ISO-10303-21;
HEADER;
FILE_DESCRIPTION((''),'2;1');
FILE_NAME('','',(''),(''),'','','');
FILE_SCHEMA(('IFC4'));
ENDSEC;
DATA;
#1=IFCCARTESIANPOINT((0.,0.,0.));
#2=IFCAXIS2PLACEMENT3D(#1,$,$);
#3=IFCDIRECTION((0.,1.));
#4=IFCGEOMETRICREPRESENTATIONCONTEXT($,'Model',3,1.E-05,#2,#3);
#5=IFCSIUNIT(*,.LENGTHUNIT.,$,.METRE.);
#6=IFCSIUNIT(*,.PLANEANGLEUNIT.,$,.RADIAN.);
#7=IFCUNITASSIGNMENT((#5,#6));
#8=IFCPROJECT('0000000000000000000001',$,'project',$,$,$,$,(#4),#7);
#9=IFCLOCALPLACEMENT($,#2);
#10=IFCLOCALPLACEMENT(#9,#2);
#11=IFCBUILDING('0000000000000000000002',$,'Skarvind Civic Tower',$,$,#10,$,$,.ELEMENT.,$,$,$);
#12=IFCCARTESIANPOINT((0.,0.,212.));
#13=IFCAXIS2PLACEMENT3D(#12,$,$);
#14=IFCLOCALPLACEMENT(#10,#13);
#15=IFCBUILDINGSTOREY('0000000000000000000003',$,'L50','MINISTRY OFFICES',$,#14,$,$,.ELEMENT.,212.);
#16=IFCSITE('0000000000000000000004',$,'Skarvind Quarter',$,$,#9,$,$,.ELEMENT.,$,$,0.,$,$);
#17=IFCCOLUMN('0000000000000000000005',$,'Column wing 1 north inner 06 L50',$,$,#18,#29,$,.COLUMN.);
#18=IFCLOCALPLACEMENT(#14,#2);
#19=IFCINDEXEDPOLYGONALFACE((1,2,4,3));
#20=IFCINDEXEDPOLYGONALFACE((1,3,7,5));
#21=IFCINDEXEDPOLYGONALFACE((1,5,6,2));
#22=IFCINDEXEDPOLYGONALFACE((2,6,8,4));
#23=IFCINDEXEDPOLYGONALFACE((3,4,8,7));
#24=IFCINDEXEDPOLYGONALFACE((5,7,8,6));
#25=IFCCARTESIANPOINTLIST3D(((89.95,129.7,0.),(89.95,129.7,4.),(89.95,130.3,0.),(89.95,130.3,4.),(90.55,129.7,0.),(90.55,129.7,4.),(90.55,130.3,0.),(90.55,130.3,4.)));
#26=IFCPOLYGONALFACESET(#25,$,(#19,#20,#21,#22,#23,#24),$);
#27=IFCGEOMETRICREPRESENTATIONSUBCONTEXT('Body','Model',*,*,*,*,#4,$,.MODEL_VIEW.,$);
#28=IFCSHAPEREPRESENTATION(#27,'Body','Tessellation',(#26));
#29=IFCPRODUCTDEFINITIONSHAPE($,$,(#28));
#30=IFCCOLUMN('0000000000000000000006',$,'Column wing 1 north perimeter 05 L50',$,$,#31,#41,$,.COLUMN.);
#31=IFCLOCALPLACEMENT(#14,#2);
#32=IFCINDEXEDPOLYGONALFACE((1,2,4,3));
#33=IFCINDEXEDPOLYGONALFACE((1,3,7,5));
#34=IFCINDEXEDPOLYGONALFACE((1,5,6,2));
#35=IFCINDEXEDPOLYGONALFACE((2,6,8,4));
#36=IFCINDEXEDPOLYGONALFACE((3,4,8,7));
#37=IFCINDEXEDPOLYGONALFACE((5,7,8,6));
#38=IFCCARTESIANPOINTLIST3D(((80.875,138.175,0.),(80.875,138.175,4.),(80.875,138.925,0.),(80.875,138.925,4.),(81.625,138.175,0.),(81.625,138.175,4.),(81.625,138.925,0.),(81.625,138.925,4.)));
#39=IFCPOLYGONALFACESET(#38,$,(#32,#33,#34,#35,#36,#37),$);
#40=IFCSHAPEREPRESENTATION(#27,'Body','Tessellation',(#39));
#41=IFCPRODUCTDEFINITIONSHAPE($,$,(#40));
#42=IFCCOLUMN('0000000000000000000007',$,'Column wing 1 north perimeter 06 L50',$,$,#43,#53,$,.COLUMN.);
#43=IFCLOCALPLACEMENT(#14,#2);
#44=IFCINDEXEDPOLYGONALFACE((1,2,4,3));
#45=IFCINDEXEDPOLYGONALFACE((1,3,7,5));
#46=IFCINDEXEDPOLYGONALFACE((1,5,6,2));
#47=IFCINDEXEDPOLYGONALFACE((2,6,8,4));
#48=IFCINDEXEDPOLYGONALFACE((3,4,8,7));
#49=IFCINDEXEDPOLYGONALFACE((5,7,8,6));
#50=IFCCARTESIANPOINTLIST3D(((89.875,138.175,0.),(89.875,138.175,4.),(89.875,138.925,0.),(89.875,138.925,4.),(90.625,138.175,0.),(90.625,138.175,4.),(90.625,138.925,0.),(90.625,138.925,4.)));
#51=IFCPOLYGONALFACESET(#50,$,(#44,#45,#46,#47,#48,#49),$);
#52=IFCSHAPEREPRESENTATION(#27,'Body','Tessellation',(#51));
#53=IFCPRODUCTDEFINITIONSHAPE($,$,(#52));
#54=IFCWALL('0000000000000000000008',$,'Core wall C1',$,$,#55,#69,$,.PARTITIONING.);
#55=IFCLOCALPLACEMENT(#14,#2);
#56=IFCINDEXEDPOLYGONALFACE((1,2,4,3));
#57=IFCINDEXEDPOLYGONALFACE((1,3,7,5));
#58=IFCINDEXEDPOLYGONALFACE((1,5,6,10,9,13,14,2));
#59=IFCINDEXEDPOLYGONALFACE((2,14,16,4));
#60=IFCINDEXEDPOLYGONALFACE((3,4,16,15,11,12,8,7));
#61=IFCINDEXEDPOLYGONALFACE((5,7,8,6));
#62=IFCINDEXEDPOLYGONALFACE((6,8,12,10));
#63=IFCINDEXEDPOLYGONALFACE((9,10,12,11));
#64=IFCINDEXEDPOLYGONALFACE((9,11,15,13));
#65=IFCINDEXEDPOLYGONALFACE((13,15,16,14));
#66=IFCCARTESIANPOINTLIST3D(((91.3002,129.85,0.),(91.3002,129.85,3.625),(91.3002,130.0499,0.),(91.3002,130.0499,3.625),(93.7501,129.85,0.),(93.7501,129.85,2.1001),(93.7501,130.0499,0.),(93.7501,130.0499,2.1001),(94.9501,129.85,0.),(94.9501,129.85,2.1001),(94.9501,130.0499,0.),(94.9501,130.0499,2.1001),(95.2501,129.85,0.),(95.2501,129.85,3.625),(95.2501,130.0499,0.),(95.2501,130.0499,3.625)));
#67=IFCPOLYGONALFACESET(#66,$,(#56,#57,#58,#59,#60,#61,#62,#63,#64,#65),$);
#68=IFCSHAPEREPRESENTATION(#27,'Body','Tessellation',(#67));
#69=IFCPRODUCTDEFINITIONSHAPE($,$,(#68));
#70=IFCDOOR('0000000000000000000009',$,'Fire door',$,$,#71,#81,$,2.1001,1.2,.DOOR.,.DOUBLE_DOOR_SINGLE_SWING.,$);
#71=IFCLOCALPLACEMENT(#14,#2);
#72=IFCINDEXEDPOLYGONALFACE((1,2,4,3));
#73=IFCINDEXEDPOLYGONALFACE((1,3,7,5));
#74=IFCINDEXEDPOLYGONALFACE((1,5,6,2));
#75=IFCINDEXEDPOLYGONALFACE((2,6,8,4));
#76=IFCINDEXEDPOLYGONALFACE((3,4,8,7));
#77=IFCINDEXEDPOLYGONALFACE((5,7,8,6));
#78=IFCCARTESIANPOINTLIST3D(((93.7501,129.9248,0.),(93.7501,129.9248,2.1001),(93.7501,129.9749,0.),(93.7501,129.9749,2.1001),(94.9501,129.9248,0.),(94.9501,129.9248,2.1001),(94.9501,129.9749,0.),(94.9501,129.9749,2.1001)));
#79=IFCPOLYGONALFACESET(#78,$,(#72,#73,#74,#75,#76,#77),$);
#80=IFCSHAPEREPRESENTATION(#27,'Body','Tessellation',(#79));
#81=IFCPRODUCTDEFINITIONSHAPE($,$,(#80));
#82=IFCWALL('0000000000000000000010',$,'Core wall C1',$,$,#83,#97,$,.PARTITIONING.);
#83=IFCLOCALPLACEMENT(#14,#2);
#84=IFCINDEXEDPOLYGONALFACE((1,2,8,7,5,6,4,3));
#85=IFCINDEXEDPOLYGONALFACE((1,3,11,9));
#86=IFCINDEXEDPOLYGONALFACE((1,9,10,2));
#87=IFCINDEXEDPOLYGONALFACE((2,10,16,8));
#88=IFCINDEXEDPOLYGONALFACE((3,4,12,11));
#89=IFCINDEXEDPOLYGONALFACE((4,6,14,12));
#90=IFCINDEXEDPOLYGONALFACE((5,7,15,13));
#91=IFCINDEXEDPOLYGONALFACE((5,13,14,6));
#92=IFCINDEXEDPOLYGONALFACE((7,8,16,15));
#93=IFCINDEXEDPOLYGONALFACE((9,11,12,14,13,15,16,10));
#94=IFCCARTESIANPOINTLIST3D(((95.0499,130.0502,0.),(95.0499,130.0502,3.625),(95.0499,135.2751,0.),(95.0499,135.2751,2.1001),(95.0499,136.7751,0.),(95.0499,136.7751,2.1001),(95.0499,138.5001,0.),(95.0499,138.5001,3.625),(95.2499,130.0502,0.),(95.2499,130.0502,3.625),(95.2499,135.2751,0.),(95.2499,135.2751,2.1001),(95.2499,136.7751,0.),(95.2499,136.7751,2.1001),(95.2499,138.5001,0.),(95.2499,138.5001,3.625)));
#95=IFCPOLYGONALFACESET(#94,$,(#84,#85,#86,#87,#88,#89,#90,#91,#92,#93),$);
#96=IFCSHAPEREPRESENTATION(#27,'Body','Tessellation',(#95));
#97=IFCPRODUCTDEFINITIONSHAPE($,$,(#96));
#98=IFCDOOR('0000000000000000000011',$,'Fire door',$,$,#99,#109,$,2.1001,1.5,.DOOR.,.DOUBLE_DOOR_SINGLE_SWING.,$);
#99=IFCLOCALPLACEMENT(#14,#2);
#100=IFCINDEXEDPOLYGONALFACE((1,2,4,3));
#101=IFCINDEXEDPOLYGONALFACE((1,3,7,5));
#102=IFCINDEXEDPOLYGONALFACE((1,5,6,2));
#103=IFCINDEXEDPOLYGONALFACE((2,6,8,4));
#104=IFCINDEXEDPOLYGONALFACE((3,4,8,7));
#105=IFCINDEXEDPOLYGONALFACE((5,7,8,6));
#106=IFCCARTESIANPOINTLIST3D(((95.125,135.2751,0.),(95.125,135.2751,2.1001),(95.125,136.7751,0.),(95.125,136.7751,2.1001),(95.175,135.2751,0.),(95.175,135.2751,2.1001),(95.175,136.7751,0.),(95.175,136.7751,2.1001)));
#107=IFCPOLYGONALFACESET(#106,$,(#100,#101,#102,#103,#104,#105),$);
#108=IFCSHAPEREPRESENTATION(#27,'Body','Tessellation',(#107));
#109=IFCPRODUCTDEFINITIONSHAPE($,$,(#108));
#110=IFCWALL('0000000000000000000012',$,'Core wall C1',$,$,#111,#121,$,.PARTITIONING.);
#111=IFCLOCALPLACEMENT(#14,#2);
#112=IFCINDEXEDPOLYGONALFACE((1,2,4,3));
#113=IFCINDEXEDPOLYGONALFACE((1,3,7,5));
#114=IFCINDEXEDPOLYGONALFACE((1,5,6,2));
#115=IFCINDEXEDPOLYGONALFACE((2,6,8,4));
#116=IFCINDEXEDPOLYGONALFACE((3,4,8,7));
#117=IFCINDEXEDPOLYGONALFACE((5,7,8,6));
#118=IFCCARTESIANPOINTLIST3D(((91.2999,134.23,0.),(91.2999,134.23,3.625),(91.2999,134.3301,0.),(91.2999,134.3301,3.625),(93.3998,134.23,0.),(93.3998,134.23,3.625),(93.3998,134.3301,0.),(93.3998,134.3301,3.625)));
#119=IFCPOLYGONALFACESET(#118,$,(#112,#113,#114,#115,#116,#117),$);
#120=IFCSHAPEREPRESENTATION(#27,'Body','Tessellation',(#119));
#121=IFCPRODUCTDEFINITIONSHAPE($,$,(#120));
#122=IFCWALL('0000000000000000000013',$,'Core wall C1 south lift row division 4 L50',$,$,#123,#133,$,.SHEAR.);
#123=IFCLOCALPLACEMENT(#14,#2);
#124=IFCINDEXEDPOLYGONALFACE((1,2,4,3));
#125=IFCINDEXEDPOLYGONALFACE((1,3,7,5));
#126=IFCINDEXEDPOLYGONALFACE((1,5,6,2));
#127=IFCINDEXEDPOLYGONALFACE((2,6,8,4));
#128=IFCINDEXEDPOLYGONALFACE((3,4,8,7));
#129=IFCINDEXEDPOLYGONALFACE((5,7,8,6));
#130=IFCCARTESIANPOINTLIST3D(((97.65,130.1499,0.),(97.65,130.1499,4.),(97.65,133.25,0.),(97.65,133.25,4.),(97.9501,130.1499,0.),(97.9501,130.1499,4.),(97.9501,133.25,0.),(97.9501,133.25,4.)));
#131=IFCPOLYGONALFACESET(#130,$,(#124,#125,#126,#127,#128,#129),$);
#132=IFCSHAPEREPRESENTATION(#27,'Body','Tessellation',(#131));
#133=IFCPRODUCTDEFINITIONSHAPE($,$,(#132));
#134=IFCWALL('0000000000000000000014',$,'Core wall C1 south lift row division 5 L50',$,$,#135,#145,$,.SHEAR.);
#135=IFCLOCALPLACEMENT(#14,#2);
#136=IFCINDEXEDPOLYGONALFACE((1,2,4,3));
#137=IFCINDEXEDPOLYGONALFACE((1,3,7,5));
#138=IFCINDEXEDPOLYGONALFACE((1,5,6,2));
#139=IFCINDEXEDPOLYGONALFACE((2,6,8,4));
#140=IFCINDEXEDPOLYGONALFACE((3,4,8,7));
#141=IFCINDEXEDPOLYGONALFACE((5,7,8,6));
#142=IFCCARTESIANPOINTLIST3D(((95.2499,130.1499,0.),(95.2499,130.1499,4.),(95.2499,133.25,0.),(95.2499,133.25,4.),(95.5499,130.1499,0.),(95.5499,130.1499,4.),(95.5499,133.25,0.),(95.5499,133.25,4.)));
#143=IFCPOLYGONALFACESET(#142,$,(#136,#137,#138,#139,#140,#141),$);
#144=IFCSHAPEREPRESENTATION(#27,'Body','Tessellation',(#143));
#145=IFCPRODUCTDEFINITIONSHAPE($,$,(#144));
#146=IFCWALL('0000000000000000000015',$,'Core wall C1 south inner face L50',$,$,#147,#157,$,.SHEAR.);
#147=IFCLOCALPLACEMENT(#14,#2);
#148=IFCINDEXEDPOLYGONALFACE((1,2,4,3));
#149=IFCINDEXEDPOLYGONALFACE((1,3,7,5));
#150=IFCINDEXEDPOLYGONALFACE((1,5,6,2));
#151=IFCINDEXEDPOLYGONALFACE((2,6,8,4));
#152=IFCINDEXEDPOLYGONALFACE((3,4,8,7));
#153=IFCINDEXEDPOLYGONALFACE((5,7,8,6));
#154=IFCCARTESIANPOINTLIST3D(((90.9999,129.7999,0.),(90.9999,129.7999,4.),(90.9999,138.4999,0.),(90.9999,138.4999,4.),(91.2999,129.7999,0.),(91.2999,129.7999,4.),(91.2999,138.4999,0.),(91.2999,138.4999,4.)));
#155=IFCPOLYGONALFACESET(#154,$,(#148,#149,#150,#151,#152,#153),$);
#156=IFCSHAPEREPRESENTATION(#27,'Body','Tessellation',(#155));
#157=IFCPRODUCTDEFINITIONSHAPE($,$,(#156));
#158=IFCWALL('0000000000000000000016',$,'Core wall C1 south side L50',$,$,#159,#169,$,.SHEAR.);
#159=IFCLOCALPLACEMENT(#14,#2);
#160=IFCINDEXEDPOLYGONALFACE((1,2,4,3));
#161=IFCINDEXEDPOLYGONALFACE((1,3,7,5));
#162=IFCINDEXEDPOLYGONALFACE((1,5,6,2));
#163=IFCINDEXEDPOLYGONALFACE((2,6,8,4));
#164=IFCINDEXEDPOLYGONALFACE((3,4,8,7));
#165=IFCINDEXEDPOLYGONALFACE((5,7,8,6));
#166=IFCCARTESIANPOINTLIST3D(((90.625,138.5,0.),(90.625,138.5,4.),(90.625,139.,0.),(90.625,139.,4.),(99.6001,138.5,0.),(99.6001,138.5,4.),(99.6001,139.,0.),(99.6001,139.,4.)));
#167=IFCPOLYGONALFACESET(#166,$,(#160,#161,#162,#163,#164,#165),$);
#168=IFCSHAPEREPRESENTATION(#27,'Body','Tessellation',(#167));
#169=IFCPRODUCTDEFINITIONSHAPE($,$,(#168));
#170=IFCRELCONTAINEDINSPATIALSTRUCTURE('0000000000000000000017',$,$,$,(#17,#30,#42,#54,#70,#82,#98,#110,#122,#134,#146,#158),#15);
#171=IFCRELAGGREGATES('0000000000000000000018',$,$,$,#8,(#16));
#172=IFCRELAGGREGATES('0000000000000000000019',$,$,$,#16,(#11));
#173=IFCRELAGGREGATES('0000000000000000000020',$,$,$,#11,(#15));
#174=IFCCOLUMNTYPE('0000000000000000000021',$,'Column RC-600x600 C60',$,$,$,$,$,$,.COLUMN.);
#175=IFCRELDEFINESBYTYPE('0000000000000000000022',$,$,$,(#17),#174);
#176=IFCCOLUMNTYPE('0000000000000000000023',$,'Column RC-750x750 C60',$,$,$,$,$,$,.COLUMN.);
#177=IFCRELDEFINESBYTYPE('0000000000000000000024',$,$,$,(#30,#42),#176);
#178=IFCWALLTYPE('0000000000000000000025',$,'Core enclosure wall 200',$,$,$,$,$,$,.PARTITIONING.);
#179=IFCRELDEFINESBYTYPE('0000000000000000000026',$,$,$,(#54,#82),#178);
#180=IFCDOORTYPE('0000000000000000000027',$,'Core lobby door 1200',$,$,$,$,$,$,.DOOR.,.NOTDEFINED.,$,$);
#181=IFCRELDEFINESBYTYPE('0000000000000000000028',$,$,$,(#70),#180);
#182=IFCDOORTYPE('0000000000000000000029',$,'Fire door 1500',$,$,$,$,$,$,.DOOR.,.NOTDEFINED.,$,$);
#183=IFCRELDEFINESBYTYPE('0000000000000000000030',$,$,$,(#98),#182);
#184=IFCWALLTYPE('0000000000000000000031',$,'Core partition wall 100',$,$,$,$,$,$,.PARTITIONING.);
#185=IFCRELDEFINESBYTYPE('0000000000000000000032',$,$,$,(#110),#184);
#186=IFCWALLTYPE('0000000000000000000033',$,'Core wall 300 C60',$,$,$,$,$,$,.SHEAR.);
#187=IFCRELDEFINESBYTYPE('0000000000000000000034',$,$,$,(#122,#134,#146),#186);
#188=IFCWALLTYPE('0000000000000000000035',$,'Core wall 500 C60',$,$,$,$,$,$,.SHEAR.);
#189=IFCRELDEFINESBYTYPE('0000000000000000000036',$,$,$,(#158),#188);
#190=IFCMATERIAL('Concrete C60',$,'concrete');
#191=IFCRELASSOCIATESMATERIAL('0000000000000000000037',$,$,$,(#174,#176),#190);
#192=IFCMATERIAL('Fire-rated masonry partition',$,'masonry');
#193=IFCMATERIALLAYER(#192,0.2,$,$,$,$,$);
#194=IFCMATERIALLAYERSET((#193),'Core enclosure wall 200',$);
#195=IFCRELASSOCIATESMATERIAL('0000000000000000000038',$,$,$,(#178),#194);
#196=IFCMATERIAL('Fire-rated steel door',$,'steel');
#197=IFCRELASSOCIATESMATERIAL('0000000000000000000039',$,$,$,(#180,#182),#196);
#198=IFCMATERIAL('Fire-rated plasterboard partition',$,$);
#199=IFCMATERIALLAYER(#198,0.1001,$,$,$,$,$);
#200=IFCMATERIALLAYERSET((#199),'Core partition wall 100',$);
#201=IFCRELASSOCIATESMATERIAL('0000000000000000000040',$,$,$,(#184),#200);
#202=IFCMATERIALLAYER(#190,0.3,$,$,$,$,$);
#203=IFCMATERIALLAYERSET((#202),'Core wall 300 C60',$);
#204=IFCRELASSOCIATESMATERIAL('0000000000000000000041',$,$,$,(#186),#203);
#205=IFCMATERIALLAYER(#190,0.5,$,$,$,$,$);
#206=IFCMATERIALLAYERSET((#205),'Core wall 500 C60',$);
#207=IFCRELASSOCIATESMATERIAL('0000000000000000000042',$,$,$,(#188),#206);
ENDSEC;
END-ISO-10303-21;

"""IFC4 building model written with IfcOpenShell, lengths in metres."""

from ifc_helpers import new_model, si_unit, direction, frame, frame_2d, origin, origin_2d, place, context, subcontext, project, spatial, rectangle, extrude, material, layer, layer_set, material_profile, profile_set, type_object, element, fill, save


model = new_model("IFC4")

# Units and contexts
model_context = context("Model", 3, precision=1e-05, world=origin(), true_north=direction((0.0, 1.0)))
body_context = subcontext(model_context, "Body", "Model", "MODEL_VIEW")
ifc_project = project(units=[si_unit("LENGTHUNIT", "METRE"), si_unit("PLANEANGLEUNIT", "RADIAN")], contexts=[model_context])

# Site, building, storey
site_placement = place(None, origin())
site = spatial("IfcSite", under=ifc_project, at=site_placement, Name="Skarvind Quarter", CompositionType="ELEMENT", RefElevation=0.0)
building_placement = place(site_placement, origin())
building = spatial("IfcBuilding", under=site, at=building_placement, Name="Skarvind Civic Tower", CompositionType="ELEMENT")
storey_placement = place(building_placement, frame((0.0, 0.0, 212.0)))
storey = spatial("IfcBuildingStorey", under=building, at=storey_placement, Name="L50", Description="MINISTRY OFFICES", CompositionType="ELEMENT", Elevation=212.0)

# Columns
ifc_material_1 = material(Name="Concrete C60", Category="concrete")
ifc_material_profile_1 = material_profile(ifc_material_1, rectangle(XDim=0.6001, YDim=0.6001, at=origin_2d()), Name="RC-600x600")
ifc_profile_set_1 = profile_set([ifc_material_profile_1], Name="Concrete C60")
column_type_1 = type_object("IfcColumnType", Name="Column RC-600x600 C60", PredefinedType="COLUMN", material=ifc_profile_set_1)
column_placement = place(storey_placement, frame((90.25, 130.0, 0.0), z_axis=(0.0, 0.0, 1.0), x_axis=(1.0, 0.0, 0.0)))
element("IfcColumn", 1, at=column_placement, inside=storey, type_object=column_type_1, Name="Column wing 1 north inner 06 L50", PredefinedType="COLUMN", context=body_context, shape_type="SweptSolid", body=[
    extrude(rectangle(XDim=0.6001, YDim=0.6001, at=origin_2d()), origin(), (0.0, 0.0, 1.0), 4.0),
])
ifc_material_profile_2 = material_profile(ifc_material_1, rectangle(XDim=0.75, YDim=0.75, at=origin_2d()), Name="RC-750x750")
ifc_profile_set_2 = profile_set([ifc_material_profile_2], Name="Concrete C60")
column_type_2 = type_object("IfcColumnType", Name="Column RC-750x750 C60", PredefinedType="COLUMN", material=ifc_profile_set_2)
for number, where, z_axis, x_axis, name in (
    (2, (81.25, 138.55, 0.0), (0.0, 0.0, 1.0), (1.0, 0.0, 0.0), "Column wing 1 north perimeter 05 L50"),
    (3, (90.25, 138.55, 0.0), (0.0, 0.0, 1.0), (1.0, 0.0, 0.0), "Column wing 1 north perimeter 06 L50"),
):
    element("IfcColumn", number, at=place(storey_placement, frame(where, z_axis=z_axis, x_axis=x_axis)), inside=storey, type_object=column_type_2, Name=name, PredefinedType="COLUMN", context=body_context, shape_type="SweptSolid", body=[
        extrude(rectangle(XDim=0.75, YDim=0.75, at=origin_2d()), origin(), (0.0, 0.0, 1.0), 4.0),
    ])

# Walls, openings, doors
ifc_material_2 = material(Name="Fire-rated masonry partition", Category="masonry")
ifc_layer_1 = layer(ifc_material_2, 0.2)
ifc_layer_set_1 = layer_set([ifc_layer_1], Name="Core enclosure wall 200")
wall_type_1 = type_object("IfcWallType", Name="Core enclosure wall 200", PredefinedType="PARTITIONING", material=ifc_layer_set_1)
wall_1_placement = place(storey_placement, frame((91.3, 129.95, 0.0), z_axis=(0.0, 0.0, 1.0), x_axis=(1.0, 0.0, 0.0)))
wall_1 = element("IfcWall", 4, at=wall_1_placement, inside=storey, type_object=wall_type_1, Name="Core wall C1", PredefinedType="PARTITIONING", context=body_context, shape_type="SweptSolid", body=[
    extrude(rectangle(XDim=3.95, YDim=0.2, at=frame_2d((1.9751, 0.0))), origin(), (0.0, 0.0, 1.0), 3.625),
])
opening_1_placement = place(wall_1_placement, frame((2.45, 0.0, 0.0)))
opening_1 = element("IfcOpeningElement", 5, at=opening_1_placement, cuts=wall_1, PredefinedType="OPENING", context=body_context, shape_type="SweptSolid", body=[
    extrude(rectangle(XDim=1.2, YDim=2.1001, at=frame_2d((0.6001, 1.05))), frame((0.0, 0.1099, 0.0), z_axis=(0.0, -1.0, 0.0), x_axis=(1.0, 0.0, 0.0)), (0.0, 0.0, 1.0), 0.22),
])
ifc_material_3 = material(Name="Fire-rated steel door", Category="steel")
door_type_1 = type_object("IfcDoorType", Name="Core lobby door 1200", OperationType="NOTDEFINED", PredefinedType="DOOR", material=ifc_material_3)
door_1_placement = place(opening_1_placement, origin())
door_1 = element("IfcDoor", 6, at=door_1_placement, inside=storey, type_object=door_type_1, Name="Fire door", OperationType="DOUBLE_DOOR_SINGLE_SWING", OverallHeight=2.1001, OverallWidth=1.2, PredefinedType="DOOR", context=body_context, shape_type="SweptSolid", body=[
    extrude(rectangle(XDim=1.2, YDim=2.1001, at=frame_2d((0.6001, 1.05))), frame((0.0, 0.0249, 0.0), z_axis=(0.0, -1.0, 0.0), x_axis=(1.0, 0.0, 0.0)), (0.0, 0.0, 1.0), 0.05),
])
fill(opening_1, door_1)
wall_2_placement = place(storey_placement, frame((95.1499, 130.05, 0.0), z_axis=(0.0, 0.0, 1.0), x_axis=(0.0, 1.0, 0.0)))
wall_2 = element("IfcWall", 7, at=wall_2_placement, inside=storey, type_object=wall_type_1, Name="Core wall C1", PredefinedType="PARTITIONING", context=body_context, shape_type="SweptSolid", body=[
    extrude(rectangle(XDim=8.45, YDim=0.2, at=frame_2d((4.2251, 0.0))), origin(), (0.0, 0.0, 1.0), 3.625),
])
opening_2_placement = place(wall_2_placement, frame((5.2251, 0.0, 0.0)))
opening_2 = element("IfcOpeningElement", 8, at=opening_2_placement, cuts=wall_2, PredefinedType="OPENING", context=body_context, shape_type="SweptSolid", body=[
    extrude(rectangle(XDim=1.5, YDim=2.1001, at=frame_2d((0.75, 1.05))), frame((0.0, 0.1099, 0.0), z_axis=(0.0, -1.0, 0.0), x_axis=(1.0, 0.0, 0.0)), (0.0, 0.0, 1.0), 0.22),
])
door_type_2 = type_object("IfcDoorType", Name="Fire door 1500", OperationType="NOTDEFINED", PredefinedType="DOOR", material=ifc_material_3)
door_2_placement = place(opening_2_placement, origin())
door_2 = element("IfcDoor", 9, at=door_2_placement, inside=storey, type_object=door_type_2, Name="Fire door", OperationType="DOUBLE_DOOR_SINGLE_SWING", OverallHeight=2.1001, OverallWidth=1.5, PredefinedType="DOOR", context=body_context, shape_type="SweptSolid", body=[
    extrude(rectangle(XDim=1.5, YDim=2.1001, at=frame_2d((0.75, 1.05))), frame((0.0, 0.0249, 0.0), z_axis=(0.0, -1.0, 0.0), x_axis=(1.0, 0.0, 0.0)), (0.0, 0.0, 1.0), 0.05),
])
fill(opening_2, door_2)

# Walls
ifc_material_4 = material(Name="Fire-rated plasterboard partition")
ifc_layer_2 = layer(ifc_material_4, 0.1001)
ifc_layer_set_2 = layer_set([ifc_layer_2], Name="Core partition wall 100")
wall_type_2 = type_object("IfcWallType", Name="Core partition wall 100", PredefinedType="PARTITIONING", material=ifc_layer_set_2)
wall_3_placement = place(storey_placement, frame((91.3, 134.28, 0.0), z_axis=(0.0, 0.0, 1.0), x_axis=(1.0, 0.0, 0.0)))
element("IfcWall", 10, at=wall_3_placement, inside=storey, type_object=wall_type_2, Name="Core wall C1", PredefinedType="PARTITIONING", context=body_context, shape_type="SweptSolid", body=[
    extrude(rectangle(XDim=2.0999, YDim=0.1001, at=frame_2d((1.0498, 0.0))), origin(), (0.0, 0.0, 1.0), 3.625),
])
ifc_layer_3 = layer(ifc_material_1, 0.3)
ifc_layer_set_3 = layer_set([ifc_layer_3], Name="Core wall 300 C60")
wall_type_3 = type_object("IfcWallType", Name="Core wall 300 C60", PredefinedType="SHEAR", material=ifc_layer_set_3)
for number, where, z_axis, x_axis, name in (
    (11, (97.8, 133.25, 0.0), (0.0, 0.0, 1.0), (0.0, -1.0, 0.0), "Core wall C1 south lift row division 4 L50"),
    (12, (95.3999, 133.25, 0.0), (0.0, 0.0, 1.0), (0.0, -1.0, 0.0), "Core wall C1 south lift row division 5 L50"),
):
    element("IfcWall", number, at=place(storey_placement, frame(where, z_axis=z_axis, x_axis=x_axis)), inside=storey, type_object=wall_type_3, Name=name, PredefinedType="SHEAR", context=body_context, shape_type="SweptSolid", body=[
        extrude(rectangle(XDim=3.1001, YDim=0.3, at=frame_2d((1.55, 0.0))), origin(), (0.0, 0.0, 1.0), 4.0),
    ])
wall_4_placement = place(storey_placement, frame((91.1499, 138.5, 0.0), z_axis=(0.0, 0.0, 1.0), x_axis=(0.0, -1.0, 0.0)))
element("IfcWall", 13, at=wall_4_placement, inside=storey, type_object=wall_type_3, Name="Core wall C1 south inner face L50", PredefinedType="SHEAR", context=body_context, shape_type="SweptSolid", body=[
    extrude(rectangle(XDim=8.7, YDim=0.3, at=frame_2d((4.3501, 0.0))), origin(), (0.0, 0.0, 1.0), 4.0),
])
ifc_layer_4 = layer(ifc_material_1, 0.5)
ifc_layer_set_4 = layer_set([ifc_layer_4], Name="Core wall 500 C60")
wall_type_4 = type_object("IfcWallType", Name="Core wall 500 C60", PredefinedType="SHEAR", material=ifc_layer_set_4)
wall_5_placement = place(storey_placement, frame((99.6001, 138.75, 0.0), z_axis=(0.0, 0.0, 1.0), x_axis=(-1.0, 0.0, 0.0)))
element("IfcWall", 14, at=wall_5_placement, inside=storey, type_object=wall_type_4, Name="Core wall C1 south side L50", PredefinedType="SHEAR", context=body_context, shape_type="SweptSolid", body=[
    extrude(rectangle(XDim=8.9751, YDim=0.5, at=frame_2d((4.4875, 0.0))), origin(), (0.0, 0.0, 1.0), 4.0),
])

save(model, "model.ifc")
